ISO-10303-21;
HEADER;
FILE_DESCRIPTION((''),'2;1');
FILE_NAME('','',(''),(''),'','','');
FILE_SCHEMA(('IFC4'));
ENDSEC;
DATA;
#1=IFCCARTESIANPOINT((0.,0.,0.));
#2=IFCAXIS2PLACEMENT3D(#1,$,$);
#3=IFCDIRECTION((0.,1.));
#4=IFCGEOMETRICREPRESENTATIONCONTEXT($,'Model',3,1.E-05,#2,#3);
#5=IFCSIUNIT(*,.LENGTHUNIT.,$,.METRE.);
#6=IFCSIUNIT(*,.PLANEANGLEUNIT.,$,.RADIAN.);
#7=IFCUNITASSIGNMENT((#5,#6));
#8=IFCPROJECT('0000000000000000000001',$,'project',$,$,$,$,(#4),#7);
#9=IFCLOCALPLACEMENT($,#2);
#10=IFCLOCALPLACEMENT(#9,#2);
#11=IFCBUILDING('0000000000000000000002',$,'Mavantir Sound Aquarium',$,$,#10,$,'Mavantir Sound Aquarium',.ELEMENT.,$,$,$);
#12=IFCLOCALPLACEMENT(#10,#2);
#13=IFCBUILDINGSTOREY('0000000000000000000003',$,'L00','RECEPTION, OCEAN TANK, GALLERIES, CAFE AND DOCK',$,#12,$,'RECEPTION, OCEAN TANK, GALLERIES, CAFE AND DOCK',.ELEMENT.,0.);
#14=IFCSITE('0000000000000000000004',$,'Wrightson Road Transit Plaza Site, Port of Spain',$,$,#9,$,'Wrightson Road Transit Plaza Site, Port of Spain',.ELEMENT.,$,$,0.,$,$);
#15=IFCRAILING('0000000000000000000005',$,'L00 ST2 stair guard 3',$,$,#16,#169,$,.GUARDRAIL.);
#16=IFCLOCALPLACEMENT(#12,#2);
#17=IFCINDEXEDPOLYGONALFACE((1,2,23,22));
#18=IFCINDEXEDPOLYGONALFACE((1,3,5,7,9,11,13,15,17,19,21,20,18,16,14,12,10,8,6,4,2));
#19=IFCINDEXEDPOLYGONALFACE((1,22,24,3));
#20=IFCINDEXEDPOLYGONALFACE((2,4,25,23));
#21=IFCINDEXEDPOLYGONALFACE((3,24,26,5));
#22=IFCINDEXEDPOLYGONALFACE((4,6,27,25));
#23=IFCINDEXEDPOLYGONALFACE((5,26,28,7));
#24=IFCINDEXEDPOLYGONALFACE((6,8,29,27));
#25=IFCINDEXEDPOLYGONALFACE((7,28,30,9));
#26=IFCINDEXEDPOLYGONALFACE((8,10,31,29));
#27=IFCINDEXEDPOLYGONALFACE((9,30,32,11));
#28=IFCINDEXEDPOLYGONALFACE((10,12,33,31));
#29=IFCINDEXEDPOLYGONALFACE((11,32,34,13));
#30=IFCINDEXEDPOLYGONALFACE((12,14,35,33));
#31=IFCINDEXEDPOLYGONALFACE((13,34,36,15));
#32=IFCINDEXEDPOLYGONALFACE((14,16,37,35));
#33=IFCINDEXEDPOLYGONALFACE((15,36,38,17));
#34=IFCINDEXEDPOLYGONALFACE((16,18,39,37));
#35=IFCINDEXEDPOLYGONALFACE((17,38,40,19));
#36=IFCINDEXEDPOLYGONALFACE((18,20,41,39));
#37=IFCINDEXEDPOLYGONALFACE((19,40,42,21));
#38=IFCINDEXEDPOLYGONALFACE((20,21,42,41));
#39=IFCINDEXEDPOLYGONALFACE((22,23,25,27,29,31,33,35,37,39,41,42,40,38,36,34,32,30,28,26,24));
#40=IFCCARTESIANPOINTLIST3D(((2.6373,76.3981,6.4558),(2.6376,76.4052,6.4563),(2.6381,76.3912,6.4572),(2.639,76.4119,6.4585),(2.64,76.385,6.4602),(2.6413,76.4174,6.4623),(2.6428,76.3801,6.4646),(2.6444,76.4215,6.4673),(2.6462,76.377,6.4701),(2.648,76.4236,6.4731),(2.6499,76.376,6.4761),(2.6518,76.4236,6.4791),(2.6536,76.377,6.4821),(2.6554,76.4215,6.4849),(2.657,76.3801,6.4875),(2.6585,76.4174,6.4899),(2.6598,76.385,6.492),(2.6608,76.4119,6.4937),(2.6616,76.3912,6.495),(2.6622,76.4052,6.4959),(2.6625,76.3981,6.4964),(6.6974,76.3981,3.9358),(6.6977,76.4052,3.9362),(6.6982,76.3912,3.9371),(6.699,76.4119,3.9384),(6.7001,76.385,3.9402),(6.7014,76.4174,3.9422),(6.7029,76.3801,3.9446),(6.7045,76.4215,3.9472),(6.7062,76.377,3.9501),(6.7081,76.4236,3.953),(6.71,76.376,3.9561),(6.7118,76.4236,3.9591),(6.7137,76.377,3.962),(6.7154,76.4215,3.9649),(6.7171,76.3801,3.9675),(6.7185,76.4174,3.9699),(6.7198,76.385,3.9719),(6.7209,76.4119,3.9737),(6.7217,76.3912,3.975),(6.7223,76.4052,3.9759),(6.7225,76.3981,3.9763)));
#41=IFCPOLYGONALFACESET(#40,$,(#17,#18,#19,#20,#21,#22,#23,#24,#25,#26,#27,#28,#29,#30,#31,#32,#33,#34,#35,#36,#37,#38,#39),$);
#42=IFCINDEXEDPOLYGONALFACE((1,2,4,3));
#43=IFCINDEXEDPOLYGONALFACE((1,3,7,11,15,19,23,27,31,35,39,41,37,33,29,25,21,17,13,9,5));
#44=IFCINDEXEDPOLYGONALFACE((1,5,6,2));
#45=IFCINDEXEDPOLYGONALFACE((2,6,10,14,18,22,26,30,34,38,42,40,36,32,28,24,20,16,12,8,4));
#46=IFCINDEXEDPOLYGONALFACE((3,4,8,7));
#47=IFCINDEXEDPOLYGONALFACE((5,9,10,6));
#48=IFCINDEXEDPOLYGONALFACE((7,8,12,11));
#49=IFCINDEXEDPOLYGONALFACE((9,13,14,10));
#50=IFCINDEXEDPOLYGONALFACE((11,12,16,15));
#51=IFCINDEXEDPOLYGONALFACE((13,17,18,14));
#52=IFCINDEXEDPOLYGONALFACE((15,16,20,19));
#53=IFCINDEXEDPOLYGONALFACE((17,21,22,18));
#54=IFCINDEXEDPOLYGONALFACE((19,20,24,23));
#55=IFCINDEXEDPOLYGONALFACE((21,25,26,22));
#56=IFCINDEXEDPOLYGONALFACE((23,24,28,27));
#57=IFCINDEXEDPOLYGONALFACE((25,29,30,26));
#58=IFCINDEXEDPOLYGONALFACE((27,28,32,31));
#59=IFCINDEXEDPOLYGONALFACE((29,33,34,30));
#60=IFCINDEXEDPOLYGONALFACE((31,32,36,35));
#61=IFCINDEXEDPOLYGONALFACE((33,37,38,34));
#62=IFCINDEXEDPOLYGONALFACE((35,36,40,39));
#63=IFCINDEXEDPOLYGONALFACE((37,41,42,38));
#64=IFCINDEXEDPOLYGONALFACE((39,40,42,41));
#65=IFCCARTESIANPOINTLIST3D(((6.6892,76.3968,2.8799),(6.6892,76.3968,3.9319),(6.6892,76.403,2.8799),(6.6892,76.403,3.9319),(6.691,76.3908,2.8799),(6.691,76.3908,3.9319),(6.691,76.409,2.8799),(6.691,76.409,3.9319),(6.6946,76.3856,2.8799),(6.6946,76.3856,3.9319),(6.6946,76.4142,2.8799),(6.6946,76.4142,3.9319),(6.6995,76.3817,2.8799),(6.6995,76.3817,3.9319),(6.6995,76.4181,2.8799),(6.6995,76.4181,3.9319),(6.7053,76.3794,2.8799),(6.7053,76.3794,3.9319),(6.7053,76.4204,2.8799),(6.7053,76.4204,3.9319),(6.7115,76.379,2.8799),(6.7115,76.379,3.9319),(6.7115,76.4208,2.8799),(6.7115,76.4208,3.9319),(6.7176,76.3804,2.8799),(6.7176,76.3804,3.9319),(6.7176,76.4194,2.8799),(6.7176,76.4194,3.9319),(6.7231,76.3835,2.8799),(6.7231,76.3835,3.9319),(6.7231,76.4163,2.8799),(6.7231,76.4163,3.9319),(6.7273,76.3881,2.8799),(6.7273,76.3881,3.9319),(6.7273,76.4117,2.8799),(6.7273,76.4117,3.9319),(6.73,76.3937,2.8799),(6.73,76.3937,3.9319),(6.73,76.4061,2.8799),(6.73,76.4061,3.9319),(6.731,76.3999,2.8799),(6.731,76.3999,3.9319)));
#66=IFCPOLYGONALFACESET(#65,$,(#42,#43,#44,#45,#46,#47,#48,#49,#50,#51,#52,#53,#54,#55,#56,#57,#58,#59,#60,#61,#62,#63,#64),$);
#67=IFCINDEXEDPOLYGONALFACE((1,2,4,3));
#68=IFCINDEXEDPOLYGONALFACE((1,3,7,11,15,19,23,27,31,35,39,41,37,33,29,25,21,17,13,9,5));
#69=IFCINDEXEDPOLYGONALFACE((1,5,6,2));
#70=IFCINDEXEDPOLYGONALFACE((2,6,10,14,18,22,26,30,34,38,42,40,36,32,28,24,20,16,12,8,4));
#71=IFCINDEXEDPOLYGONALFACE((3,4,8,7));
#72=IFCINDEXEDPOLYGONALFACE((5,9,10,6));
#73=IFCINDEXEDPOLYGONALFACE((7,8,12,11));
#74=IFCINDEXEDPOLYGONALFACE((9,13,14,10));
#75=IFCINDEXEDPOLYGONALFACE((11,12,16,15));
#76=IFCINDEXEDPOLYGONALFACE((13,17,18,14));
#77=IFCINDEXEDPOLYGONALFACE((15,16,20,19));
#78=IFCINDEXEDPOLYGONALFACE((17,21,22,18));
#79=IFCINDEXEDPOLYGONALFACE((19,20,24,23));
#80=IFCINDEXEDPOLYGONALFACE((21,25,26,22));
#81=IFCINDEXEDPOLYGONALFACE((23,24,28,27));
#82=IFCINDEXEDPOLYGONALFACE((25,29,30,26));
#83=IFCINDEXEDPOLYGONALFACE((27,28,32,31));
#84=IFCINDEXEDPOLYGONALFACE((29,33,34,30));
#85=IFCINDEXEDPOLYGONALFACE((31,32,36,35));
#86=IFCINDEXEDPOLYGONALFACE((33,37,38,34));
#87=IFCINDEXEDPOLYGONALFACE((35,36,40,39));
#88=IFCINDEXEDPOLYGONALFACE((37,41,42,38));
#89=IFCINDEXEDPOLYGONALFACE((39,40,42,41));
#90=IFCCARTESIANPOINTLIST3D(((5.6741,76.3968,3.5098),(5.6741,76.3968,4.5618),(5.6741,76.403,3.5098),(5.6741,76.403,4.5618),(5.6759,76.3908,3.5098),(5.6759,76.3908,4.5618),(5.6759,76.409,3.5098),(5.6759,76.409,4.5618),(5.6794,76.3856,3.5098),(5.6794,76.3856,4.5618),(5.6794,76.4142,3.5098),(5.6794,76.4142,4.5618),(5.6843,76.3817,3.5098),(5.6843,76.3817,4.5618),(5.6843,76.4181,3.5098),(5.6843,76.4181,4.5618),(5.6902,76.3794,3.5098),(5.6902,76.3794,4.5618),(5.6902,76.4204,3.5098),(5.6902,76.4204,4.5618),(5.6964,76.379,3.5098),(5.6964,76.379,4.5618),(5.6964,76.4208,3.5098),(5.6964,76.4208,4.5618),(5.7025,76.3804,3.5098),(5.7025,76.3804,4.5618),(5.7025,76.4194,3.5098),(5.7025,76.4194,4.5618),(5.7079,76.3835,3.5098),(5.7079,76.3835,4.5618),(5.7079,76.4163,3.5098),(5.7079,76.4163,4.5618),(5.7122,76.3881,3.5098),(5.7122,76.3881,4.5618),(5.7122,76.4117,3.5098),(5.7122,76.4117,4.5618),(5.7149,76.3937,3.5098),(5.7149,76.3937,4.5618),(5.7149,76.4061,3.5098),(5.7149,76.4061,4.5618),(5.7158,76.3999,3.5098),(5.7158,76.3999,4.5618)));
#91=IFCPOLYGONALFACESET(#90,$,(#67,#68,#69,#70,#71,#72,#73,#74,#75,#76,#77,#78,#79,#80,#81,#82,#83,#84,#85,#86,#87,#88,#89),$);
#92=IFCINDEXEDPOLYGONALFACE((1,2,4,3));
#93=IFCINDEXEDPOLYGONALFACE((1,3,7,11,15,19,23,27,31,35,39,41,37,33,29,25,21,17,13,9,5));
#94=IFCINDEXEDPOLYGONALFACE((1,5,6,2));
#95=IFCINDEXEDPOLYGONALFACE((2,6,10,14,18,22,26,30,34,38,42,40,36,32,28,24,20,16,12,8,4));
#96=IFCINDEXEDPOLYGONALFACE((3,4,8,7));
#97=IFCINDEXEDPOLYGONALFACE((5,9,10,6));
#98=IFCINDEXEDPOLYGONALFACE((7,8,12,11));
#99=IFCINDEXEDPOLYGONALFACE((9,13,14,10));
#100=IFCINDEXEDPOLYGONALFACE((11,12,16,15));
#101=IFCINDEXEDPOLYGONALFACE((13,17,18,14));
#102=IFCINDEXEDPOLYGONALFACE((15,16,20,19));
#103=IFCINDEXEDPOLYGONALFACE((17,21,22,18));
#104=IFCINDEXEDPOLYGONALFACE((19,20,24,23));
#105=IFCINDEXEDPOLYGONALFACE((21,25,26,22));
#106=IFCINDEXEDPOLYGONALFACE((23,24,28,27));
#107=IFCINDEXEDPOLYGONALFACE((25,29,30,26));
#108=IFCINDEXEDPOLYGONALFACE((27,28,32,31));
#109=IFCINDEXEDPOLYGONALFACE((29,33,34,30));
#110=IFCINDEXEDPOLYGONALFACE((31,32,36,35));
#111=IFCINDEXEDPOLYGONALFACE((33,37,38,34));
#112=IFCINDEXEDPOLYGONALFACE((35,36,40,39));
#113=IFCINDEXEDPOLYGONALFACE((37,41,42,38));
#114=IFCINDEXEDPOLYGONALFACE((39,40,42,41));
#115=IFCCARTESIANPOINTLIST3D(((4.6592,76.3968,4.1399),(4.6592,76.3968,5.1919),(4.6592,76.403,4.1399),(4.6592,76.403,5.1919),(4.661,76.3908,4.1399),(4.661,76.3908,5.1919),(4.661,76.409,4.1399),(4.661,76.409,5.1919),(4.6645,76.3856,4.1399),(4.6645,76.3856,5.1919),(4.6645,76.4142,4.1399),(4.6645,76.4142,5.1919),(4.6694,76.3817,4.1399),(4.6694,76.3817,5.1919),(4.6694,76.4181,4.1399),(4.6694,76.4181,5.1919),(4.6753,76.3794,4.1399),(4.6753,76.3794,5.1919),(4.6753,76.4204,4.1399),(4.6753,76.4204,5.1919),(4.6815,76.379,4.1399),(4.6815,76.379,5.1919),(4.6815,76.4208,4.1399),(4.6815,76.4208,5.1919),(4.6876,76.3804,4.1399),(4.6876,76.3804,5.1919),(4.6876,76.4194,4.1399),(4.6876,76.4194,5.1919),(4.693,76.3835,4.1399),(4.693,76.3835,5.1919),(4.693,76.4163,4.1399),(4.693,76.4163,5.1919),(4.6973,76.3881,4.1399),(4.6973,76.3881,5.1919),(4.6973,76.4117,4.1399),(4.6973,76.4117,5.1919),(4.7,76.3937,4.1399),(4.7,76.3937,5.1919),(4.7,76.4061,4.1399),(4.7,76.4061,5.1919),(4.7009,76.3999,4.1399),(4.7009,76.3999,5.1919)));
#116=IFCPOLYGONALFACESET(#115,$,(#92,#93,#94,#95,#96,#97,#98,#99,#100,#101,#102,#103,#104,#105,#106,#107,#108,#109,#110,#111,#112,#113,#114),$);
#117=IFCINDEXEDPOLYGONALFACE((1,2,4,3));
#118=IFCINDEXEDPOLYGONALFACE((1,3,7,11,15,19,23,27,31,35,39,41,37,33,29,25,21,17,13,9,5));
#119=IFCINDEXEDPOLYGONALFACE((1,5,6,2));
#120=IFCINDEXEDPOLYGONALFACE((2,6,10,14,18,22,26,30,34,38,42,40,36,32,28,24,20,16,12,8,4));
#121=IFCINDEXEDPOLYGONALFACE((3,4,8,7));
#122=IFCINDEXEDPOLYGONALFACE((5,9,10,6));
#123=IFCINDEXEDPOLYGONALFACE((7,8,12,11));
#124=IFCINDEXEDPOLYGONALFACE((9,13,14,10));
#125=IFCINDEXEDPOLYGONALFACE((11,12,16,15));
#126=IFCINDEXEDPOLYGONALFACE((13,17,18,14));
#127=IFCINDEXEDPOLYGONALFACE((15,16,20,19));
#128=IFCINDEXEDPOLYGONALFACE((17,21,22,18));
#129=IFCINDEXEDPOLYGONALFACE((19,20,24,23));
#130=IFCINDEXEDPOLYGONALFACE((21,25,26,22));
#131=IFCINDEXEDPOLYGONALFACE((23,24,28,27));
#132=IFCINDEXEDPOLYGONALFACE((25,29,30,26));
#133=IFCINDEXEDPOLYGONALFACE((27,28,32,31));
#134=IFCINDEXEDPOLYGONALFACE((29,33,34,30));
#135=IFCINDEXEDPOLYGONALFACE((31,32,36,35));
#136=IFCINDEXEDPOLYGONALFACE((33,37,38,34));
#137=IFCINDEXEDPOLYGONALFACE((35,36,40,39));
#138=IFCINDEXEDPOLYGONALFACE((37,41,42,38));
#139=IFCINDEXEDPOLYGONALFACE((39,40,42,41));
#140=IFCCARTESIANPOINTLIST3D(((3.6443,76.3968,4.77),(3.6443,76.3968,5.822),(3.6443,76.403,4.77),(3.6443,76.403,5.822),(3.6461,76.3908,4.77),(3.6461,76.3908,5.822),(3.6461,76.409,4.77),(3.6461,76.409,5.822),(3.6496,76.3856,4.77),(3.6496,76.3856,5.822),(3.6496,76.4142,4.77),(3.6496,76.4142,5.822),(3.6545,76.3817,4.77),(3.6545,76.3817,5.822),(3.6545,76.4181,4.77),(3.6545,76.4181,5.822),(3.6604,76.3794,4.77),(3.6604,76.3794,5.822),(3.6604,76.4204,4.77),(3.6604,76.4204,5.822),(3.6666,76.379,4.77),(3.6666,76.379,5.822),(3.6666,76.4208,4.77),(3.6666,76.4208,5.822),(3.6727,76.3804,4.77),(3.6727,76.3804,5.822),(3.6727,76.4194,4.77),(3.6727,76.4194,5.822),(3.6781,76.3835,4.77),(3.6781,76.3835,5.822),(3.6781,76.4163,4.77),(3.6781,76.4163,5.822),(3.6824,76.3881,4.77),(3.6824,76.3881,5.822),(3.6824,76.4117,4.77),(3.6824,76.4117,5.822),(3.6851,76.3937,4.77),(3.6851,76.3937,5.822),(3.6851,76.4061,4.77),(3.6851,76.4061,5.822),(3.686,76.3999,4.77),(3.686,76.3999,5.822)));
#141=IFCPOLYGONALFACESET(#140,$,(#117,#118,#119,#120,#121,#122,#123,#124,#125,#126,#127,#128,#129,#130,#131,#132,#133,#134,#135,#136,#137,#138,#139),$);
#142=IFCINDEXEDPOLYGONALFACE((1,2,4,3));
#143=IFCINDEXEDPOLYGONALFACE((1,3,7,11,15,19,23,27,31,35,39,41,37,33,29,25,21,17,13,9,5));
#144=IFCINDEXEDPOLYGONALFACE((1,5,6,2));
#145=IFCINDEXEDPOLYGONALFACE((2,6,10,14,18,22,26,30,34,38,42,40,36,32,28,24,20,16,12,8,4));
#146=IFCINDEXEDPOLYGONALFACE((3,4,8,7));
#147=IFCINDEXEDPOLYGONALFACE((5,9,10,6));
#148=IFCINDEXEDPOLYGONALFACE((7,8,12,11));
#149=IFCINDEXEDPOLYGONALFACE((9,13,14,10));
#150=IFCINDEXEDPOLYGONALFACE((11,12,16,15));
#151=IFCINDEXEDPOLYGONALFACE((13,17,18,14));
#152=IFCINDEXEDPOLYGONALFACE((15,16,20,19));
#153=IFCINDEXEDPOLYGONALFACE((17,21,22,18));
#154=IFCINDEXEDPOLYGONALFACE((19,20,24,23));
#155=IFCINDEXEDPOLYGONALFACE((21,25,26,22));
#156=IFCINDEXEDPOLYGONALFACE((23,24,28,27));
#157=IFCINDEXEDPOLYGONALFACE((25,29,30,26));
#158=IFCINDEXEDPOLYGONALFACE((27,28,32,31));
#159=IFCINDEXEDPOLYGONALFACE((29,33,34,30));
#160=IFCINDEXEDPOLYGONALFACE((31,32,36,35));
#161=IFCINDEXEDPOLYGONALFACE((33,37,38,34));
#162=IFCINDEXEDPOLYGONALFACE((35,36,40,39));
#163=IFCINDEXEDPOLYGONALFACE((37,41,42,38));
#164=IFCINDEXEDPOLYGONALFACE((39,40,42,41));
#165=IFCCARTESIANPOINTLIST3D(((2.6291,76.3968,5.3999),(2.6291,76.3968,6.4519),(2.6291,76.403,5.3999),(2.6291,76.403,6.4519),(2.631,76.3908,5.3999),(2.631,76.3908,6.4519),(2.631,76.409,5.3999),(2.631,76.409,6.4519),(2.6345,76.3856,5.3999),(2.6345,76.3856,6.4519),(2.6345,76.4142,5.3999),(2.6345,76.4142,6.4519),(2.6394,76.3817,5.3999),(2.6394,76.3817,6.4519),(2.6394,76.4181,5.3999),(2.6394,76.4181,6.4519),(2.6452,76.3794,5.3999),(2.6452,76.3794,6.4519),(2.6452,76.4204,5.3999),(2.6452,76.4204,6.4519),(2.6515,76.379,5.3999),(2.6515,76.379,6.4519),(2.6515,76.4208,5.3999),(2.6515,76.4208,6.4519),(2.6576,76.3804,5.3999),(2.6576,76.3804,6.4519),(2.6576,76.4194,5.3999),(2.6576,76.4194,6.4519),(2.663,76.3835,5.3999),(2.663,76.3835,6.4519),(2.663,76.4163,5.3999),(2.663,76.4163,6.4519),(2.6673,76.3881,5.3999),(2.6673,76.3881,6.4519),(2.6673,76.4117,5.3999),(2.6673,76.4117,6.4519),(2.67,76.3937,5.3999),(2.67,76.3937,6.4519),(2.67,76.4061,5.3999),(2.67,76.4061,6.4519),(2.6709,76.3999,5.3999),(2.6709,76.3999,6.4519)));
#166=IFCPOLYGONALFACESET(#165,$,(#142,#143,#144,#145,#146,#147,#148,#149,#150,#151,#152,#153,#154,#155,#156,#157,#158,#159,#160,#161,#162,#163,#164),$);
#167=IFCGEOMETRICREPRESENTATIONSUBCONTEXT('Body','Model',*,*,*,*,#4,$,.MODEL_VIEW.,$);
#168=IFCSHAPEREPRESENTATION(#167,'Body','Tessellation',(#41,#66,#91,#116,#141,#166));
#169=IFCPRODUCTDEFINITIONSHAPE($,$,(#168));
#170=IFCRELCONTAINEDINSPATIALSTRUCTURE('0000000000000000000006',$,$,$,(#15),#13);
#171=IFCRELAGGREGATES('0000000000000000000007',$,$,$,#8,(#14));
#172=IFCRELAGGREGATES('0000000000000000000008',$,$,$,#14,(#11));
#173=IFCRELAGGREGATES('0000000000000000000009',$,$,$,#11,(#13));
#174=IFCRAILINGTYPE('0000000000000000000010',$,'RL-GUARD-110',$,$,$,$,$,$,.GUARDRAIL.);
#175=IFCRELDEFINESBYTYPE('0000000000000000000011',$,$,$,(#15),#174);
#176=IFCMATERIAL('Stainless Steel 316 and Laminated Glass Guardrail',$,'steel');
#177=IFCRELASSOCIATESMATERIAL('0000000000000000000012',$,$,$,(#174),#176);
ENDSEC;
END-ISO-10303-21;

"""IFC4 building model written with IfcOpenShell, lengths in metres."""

from ifc_helpers import new_model, si_unit, direction, frame, origin, origin_2d, place, context, subcontext, project, spatial, circle, extrude, material, type_object, element, save


model = new_model("IFC4")

# Units and contexts
model_context = context("Model", 3, precision=1e-05, world=origin(), true_north=direction((0.0, 1.0)))
body_context = subcontext(model_context, "Body", "Model", "MODEL_VIEW")
ifc_project = project(units=[si_unit("LENGTHUNIT", "METRE"), si_unit("PLANEANGLEUNIT", "RADIAN")], contexts=[model_context])

# Site, building, storey
site_placement = place(None, origin())
site = spatial("IfcSite", under=ifc_project, at=site_placement, Name="Wrightson Road Transit Plaza Site, Port of Spain", LongName="Wrightson Road Transit Plaza Site, Port of Spain", CompositionType="ELEMENT", RefElevation=0.0)
building_placement = place(site_placement, origin())
building = spatial("IfcBuilding", under=site, at=building_placement, Name="Mavantir Sound Aquarium", LongName="Mavantir Sound Aquarium", CompositionType="ELEMENT")
storey_placement = place(building_placement, origin())
storey = spatial("IfcBuildingStorey", under=building, at=storey_placement, Name="L00", Description="RECEPTION, OCEAN TANK, GALLERIES, CAFE AND DOCK", LongName="RECEPTION, OCEAN TANK, GALLERIES, CAFE AND DOCK", CompositionType="ELEMENT", Elevation=0.0)

# Railing
ifc_material_1 = material(Name="Stainless Steel 316 and Laminated Glass Guardrail", Category="steel")
railing_type_1 = type_object("IfcRailingType", Name="RL-GUARD-110", PredefinedType="GUARDRAIL", material=ifc_material_1)
railing_1_placement = place(storey_placement, frame((6.71, 76.3999, 2.8799)))
element("IfcRailing", 1, at=railing_1_placement, inside=storey, type_object=railing_type_1, Name="L00 ST2 stair guard 3", PredefinedType="GUARDRAIL", context=body_context, shape_type="SweptSolid", body=[
    extrude(circle(Radius=0.0239, at=origin_2d()), frame((0.0, 0.0, 1.0762), z_axis=(-0.849642, 0.0, 0.52736), x_axis=(0.0, -1.0, 0.0)), (0.0, 0.0, 1.0), 4.7786),
    extrude(circle(Radius=0.021, at=origin_2d()), origin(), (0.0, 0.0, 1.0), 1.052),
    extrude(circle(Radius=0.021, at=origin_2d()), frame((-1.0151, 0.0, 0.6299)), (0.0, 0.0, 1.0), 1.052),
    extrude(circle(Radius=0.021, at=origin_2d()), frame((-2.03, 0.0, 1.26)), (0.0, 0.0, 1.0), 1.052),
    extrude(circle(Radius=0.021, at=origin_2d()), frame((-3.0449, 0.0, 1.8901)), (0.0, 0.0, 1.0), 1.052),
    extrude(circle(Radius=0.021, at=origin_2d()), frame((-4.0601, 0.0, 2.52)), (0.0, 0.0, 1.0), 1.052),
])

save(model, "model.ifc")
